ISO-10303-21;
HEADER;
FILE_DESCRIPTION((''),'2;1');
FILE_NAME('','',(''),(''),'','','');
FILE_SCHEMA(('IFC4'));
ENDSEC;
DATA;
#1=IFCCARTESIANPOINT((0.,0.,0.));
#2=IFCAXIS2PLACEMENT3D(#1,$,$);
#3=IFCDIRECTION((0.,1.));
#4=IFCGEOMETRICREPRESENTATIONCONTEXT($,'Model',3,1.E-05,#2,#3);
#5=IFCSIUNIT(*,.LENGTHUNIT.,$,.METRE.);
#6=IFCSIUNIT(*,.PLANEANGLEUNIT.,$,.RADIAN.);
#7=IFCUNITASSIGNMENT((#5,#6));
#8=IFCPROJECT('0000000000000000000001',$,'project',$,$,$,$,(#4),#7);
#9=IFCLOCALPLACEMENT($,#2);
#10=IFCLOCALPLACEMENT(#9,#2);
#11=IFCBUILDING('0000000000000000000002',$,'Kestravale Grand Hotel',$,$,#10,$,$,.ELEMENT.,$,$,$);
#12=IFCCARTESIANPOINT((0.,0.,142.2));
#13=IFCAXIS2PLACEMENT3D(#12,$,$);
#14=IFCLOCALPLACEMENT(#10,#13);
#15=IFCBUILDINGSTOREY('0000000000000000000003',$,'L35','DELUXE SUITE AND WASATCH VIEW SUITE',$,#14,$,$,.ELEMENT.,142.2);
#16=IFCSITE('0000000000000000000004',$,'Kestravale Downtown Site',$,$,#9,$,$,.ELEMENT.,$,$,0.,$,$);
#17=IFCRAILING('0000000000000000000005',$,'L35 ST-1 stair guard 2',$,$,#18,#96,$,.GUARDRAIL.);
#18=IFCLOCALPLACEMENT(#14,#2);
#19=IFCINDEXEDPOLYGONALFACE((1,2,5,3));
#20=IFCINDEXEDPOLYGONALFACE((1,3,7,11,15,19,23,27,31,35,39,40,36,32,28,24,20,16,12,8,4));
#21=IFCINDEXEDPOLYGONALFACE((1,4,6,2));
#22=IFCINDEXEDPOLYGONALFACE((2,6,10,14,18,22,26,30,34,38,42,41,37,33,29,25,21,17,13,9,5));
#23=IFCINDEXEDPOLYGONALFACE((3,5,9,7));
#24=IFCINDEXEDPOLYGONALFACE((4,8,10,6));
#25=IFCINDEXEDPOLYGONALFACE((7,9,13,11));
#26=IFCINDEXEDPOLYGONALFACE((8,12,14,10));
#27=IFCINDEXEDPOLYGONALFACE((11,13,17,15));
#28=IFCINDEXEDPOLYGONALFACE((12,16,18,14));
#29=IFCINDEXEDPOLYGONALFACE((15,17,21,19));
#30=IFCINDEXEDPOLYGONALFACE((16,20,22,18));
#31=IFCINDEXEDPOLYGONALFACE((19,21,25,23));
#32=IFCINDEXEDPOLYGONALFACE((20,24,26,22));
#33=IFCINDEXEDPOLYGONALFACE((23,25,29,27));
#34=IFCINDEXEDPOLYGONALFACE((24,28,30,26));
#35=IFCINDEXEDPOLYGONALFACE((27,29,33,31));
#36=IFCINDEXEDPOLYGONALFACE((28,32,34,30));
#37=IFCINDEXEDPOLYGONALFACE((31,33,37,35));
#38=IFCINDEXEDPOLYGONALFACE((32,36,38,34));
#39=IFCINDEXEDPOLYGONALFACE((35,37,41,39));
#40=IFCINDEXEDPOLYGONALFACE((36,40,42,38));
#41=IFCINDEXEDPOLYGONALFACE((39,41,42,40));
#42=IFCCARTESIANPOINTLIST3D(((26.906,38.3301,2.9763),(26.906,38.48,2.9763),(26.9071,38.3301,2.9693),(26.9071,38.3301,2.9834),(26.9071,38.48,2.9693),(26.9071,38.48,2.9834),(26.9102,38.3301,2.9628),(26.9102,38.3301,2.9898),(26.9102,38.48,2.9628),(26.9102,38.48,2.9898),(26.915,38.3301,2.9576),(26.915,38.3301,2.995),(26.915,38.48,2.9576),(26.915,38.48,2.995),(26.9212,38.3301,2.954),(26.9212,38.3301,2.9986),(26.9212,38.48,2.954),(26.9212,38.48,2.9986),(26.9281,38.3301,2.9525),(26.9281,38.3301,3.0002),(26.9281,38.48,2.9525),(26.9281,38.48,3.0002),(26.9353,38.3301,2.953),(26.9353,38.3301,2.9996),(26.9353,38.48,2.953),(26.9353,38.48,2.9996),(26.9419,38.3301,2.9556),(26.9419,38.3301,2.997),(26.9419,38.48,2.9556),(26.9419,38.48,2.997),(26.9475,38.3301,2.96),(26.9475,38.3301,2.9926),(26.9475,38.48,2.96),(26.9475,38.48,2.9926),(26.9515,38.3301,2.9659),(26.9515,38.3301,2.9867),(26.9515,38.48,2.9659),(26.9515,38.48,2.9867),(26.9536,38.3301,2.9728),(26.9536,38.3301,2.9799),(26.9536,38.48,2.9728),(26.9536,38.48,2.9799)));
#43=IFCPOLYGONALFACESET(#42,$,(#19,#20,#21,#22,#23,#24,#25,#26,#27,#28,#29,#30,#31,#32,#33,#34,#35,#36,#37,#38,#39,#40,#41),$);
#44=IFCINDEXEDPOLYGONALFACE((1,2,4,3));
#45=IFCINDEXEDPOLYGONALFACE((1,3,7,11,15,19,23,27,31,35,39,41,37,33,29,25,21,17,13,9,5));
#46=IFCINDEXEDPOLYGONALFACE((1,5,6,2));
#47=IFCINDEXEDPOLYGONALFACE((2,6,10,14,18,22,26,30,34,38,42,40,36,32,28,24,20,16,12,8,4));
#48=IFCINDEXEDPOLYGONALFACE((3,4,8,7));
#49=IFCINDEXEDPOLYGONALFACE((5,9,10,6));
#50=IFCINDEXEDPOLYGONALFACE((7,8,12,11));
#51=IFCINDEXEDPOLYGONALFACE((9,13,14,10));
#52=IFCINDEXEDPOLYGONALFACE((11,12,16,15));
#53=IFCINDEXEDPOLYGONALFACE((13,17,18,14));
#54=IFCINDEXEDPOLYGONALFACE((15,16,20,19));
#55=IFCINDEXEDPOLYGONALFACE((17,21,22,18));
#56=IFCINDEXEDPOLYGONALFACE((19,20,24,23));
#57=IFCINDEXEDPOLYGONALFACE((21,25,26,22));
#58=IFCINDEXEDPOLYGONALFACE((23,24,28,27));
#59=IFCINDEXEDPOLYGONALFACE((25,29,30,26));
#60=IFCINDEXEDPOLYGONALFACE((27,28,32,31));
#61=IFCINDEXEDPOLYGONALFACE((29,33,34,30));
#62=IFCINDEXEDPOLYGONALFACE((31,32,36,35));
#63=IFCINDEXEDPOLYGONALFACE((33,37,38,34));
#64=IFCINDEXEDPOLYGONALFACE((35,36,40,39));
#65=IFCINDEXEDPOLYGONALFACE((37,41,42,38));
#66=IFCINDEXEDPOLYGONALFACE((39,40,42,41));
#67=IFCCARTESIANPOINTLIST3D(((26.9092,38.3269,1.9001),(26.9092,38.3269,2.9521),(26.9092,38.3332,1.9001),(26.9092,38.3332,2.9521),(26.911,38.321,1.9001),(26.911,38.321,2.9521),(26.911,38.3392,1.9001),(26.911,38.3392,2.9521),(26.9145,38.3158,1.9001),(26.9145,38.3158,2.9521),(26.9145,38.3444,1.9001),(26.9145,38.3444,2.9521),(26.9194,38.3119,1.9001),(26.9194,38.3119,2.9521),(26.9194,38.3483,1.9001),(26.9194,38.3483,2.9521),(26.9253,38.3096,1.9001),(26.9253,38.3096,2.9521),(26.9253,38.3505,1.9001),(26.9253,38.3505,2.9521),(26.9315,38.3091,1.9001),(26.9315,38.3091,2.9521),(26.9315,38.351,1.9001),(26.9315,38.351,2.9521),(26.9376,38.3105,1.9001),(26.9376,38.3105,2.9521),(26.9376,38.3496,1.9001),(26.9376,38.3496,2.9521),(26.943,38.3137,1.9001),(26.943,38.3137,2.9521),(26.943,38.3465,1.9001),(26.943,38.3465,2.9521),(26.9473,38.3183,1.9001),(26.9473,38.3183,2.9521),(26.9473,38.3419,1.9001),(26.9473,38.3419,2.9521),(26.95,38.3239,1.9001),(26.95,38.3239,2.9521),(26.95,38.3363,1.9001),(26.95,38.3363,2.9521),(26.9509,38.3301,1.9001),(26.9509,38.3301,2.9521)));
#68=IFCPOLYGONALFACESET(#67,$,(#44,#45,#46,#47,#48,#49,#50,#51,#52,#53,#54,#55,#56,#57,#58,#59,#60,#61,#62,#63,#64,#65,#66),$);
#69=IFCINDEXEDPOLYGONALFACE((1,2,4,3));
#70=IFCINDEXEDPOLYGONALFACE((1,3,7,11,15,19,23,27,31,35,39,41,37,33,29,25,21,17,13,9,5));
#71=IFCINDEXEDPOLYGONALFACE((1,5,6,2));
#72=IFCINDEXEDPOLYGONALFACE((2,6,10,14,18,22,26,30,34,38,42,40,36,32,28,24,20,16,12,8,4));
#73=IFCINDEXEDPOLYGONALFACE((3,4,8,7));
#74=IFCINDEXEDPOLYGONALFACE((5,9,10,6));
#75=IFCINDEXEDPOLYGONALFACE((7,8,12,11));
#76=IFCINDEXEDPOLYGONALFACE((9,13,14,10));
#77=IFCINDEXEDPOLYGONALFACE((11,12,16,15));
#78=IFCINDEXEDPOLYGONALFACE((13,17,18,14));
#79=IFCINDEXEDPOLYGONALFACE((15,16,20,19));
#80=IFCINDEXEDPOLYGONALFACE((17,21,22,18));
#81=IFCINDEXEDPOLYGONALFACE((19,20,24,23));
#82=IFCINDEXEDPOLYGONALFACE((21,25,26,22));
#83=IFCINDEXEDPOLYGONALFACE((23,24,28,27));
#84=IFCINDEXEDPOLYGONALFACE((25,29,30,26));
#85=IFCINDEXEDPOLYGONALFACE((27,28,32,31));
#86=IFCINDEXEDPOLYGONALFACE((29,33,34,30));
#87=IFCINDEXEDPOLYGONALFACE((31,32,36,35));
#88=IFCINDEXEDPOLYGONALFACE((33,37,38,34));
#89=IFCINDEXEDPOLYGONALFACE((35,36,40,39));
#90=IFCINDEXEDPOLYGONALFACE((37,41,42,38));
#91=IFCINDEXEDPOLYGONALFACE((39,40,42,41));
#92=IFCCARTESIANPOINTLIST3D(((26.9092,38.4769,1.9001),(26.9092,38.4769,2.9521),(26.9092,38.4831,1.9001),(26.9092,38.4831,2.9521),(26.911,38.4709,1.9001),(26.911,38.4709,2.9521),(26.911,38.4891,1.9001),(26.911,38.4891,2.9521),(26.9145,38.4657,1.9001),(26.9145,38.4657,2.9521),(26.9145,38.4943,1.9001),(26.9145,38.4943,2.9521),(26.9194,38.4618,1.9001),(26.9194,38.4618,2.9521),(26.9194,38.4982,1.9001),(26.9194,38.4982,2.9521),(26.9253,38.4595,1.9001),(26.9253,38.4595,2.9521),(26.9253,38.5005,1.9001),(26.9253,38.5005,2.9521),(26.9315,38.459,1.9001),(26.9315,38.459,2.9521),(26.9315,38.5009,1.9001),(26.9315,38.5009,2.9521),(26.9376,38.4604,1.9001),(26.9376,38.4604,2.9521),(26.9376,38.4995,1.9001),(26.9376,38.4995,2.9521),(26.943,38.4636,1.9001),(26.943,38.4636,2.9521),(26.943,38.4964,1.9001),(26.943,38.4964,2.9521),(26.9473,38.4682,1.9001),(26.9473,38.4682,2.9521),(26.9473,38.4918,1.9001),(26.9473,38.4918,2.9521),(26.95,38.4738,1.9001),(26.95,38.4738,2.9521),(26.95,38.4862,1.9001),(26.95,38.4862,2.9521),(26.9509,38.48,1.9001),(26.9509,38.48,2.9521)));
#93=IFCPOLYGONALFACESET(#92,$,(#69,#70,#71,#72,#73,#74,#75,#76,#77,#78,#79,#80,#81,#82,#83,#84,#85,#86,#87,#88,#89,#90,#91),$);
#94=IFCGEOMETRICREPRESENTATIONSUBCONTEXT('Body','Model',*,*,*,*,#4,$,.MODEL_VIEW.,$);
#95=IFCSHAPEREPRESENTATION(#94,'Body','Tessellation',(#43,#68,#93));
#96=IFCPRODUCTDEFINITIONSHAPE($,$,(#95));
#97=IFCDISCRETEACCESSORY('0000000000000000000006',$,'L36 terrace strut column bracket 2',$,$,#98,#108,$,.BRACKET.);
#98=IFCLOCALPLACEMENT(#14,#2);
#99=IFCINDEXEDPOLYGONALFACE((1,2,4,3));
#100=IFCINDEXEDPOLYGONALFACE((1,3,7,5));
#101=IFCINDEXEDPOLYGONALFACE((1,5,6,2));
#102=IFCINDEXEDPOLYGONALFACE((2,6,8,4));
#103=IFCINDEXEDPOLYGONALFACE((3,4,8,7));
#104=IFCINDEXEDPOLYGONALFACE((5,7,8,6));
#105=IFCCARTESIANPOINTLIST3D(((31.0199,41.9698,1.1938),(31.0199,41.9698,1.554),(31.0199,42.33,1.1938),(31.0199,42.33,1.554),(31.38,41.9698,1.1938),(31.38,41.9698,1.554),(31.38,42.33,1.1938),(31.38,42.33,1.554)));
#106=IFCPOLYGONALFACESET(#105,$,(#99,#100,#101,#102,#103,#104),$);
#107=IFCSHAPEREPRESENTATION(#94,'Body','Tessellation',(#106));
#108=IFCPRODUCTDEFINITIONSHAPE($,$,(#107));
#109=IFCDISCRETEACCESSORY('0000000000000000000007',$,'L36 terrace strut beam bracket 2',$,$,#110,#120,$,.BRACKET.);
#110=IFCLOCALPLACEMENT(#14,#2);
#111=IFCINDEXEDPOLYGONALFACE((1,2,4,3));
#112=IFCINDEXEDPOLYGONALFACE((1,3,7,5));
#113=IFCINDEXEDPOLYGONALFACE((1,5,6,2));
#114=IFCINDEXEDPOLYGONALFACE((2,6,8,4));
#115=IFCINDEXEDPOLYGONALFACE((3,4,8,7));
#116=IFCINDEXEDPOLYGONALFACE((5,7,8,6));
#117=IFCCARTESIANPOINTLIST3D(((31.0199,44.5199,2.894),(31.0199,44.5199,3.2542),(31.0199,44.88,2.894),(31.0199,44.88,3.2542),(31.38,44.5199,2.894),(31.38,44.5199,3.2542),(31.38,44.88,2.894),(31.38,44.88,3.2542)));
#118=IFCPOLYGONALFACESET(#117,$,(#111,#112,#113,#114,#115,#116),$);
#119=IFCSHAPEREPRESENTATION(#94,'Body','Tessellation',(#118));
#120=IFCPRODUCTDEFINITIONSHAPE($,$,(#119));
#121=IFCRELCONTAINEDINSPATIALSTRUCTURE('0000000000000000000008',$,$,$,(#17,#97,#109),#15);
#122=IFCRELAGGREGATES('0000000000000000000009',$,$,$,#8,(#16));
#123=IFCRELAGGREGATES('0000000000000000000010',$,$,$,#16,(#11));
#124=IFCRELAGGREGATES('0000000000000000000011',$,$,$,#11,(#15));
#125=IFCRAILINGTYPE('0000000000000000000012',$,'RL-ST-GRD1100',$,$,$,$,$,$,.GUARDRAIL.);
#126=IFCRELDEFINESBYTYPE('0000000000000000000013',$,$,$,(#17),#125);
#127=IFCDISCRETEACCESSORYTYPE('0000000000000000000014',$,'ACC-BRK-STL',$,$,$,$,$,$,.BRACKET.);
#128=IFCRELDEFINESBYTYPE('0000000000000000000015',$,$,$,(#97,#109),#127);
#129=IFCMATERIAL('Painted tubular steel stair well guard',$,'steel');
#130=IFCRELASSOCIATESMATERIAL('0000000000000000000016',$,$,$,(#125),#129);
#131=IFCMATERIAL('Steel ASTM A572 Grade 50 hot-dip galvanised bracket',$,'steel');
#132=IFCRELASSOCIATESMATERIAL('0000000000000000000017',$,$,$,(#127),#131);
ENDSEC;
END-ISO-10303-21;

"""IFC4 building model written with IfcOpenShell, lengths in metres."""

from ifc_helpers import new_model, si_unit, direction, frame, origin, origin_2d, place, context, subcontext, project, spatial, rectangle, circle, extrude, material, type_object, element, save


model = new_model("IFC4")

# Units and contexts
model_context = context("Model", 3, precision=1e-05, world=origin(), true_north=direction((0.0, 1.0)))
body_context = subcontext(model_context, "Body", "Model", "MODEL_VIEW")
ifc_project = project(units=[si_unit("LENGTHUNIT", "METRE"), si_unit("PLANEANGLEUNIT", "RADIAN")], contexts=[model_context])

# Site, building, storey
site_placement = place(None, origin())
site = spatial("IfcSite", under=ifc_project, at=site_placement, Name="Kestravale Downtown Site", CompositionType="ELEMENT", RefElevation=0.0)
building_placement = place(site_placement, origin())
building = spatial("IfcBuilding", under=site, at=building_placement, Name="Kestravale Grand Hotel", CompositionType="ELEMENT")
storey_placement = place(building_placement, frame((0.0, 0.0, 142.2)))
storey = spatial("IfcBuildingStorey", under=building, at=storey_placement, Name="L35", Description="DELUXE SUITE AND WASATCH VIEW SUITE", CompositionType="ELEMENT", Elevation=142.2)

# Railing
ifc_material_1 = material(Name="Painted tubular steel stair well guard", Category="steel")
railing_type = type_object("IfcRailingType", Name="RL-ST-GRD1100", PredefinedType="GUARDRAIL", material=ifc_material_1)
railing_placement = place(storey_placement, frame((26.9299, 38.3301, 1.9001)))
element("IfcRailing", 1, at=railing_placement, inside=storey, type_object=railing_type, Name="L35 ST-1 stair guard 2", PredefinedType="GUARDRAIL", context=body_context, shape_type="SweptSolid", body=[
    extrude(circle(Radius=0.0239, at=origin_2d()), frame((0.0, 0.0, 1.0762), z_axis=(0.0, 1.0, 0.0), x_axis=(-1.0, 0.0, 0.0)), (0.0, 0.0, 1.0), 0.1499),
    extrude(circle(Radius=0.021, at=origin_2d()), origin(), (0.0, 0.0, 1.0), 1.052),
    extrude(circle(Radius=0.021, at=origin_2d()), frame((0.0, 0.1499, 0.0)), (0.0, 0.0, 1.0), 1.052),
])

# Discrete accessories
ifc_material_2 = material(Name="Steel ASTM A572 Grade 50 hot-dip galvanised bracket", Category="steel")
discrete_accessory_type = type_object("IfcDiscreteAccessoryType", Name="ACC-BRK-STL", PredefinedType="BRACKET", material=ifc_material_2)
for number, where, z_axis, x_axis, name in (
    (2, (31.2, 42.1499, 1.1938), (0.0, 0.0, 1.0), (1.0, 0.0, 0.0), "L36 terrace strut column bracket 2"),
    (3, (31.2, 44.7, 2.894), (0.0, 0.0, 1.0), (1.0, 0.0, 0.0), "L36 terrace strut beam bracket 2"),
):
    element("IfcDiscreteAccessory", number, at=place(storey_placement, frame(where, z_axis=z_axis, x_axis=x_axis)), inside=storey, type_object=discrete_accessory_type, Name=name, PredefinedType="BRACKET", context=body_context, shape_type="SweptSolid", body=[
        extrude(rectangle(XDim=0.3601, YDim=0.3601, at=origin_2d()), origin(), (0.0, 0.0, 1.0), 0.3601),
    ])

save(model, "model.ifc")
